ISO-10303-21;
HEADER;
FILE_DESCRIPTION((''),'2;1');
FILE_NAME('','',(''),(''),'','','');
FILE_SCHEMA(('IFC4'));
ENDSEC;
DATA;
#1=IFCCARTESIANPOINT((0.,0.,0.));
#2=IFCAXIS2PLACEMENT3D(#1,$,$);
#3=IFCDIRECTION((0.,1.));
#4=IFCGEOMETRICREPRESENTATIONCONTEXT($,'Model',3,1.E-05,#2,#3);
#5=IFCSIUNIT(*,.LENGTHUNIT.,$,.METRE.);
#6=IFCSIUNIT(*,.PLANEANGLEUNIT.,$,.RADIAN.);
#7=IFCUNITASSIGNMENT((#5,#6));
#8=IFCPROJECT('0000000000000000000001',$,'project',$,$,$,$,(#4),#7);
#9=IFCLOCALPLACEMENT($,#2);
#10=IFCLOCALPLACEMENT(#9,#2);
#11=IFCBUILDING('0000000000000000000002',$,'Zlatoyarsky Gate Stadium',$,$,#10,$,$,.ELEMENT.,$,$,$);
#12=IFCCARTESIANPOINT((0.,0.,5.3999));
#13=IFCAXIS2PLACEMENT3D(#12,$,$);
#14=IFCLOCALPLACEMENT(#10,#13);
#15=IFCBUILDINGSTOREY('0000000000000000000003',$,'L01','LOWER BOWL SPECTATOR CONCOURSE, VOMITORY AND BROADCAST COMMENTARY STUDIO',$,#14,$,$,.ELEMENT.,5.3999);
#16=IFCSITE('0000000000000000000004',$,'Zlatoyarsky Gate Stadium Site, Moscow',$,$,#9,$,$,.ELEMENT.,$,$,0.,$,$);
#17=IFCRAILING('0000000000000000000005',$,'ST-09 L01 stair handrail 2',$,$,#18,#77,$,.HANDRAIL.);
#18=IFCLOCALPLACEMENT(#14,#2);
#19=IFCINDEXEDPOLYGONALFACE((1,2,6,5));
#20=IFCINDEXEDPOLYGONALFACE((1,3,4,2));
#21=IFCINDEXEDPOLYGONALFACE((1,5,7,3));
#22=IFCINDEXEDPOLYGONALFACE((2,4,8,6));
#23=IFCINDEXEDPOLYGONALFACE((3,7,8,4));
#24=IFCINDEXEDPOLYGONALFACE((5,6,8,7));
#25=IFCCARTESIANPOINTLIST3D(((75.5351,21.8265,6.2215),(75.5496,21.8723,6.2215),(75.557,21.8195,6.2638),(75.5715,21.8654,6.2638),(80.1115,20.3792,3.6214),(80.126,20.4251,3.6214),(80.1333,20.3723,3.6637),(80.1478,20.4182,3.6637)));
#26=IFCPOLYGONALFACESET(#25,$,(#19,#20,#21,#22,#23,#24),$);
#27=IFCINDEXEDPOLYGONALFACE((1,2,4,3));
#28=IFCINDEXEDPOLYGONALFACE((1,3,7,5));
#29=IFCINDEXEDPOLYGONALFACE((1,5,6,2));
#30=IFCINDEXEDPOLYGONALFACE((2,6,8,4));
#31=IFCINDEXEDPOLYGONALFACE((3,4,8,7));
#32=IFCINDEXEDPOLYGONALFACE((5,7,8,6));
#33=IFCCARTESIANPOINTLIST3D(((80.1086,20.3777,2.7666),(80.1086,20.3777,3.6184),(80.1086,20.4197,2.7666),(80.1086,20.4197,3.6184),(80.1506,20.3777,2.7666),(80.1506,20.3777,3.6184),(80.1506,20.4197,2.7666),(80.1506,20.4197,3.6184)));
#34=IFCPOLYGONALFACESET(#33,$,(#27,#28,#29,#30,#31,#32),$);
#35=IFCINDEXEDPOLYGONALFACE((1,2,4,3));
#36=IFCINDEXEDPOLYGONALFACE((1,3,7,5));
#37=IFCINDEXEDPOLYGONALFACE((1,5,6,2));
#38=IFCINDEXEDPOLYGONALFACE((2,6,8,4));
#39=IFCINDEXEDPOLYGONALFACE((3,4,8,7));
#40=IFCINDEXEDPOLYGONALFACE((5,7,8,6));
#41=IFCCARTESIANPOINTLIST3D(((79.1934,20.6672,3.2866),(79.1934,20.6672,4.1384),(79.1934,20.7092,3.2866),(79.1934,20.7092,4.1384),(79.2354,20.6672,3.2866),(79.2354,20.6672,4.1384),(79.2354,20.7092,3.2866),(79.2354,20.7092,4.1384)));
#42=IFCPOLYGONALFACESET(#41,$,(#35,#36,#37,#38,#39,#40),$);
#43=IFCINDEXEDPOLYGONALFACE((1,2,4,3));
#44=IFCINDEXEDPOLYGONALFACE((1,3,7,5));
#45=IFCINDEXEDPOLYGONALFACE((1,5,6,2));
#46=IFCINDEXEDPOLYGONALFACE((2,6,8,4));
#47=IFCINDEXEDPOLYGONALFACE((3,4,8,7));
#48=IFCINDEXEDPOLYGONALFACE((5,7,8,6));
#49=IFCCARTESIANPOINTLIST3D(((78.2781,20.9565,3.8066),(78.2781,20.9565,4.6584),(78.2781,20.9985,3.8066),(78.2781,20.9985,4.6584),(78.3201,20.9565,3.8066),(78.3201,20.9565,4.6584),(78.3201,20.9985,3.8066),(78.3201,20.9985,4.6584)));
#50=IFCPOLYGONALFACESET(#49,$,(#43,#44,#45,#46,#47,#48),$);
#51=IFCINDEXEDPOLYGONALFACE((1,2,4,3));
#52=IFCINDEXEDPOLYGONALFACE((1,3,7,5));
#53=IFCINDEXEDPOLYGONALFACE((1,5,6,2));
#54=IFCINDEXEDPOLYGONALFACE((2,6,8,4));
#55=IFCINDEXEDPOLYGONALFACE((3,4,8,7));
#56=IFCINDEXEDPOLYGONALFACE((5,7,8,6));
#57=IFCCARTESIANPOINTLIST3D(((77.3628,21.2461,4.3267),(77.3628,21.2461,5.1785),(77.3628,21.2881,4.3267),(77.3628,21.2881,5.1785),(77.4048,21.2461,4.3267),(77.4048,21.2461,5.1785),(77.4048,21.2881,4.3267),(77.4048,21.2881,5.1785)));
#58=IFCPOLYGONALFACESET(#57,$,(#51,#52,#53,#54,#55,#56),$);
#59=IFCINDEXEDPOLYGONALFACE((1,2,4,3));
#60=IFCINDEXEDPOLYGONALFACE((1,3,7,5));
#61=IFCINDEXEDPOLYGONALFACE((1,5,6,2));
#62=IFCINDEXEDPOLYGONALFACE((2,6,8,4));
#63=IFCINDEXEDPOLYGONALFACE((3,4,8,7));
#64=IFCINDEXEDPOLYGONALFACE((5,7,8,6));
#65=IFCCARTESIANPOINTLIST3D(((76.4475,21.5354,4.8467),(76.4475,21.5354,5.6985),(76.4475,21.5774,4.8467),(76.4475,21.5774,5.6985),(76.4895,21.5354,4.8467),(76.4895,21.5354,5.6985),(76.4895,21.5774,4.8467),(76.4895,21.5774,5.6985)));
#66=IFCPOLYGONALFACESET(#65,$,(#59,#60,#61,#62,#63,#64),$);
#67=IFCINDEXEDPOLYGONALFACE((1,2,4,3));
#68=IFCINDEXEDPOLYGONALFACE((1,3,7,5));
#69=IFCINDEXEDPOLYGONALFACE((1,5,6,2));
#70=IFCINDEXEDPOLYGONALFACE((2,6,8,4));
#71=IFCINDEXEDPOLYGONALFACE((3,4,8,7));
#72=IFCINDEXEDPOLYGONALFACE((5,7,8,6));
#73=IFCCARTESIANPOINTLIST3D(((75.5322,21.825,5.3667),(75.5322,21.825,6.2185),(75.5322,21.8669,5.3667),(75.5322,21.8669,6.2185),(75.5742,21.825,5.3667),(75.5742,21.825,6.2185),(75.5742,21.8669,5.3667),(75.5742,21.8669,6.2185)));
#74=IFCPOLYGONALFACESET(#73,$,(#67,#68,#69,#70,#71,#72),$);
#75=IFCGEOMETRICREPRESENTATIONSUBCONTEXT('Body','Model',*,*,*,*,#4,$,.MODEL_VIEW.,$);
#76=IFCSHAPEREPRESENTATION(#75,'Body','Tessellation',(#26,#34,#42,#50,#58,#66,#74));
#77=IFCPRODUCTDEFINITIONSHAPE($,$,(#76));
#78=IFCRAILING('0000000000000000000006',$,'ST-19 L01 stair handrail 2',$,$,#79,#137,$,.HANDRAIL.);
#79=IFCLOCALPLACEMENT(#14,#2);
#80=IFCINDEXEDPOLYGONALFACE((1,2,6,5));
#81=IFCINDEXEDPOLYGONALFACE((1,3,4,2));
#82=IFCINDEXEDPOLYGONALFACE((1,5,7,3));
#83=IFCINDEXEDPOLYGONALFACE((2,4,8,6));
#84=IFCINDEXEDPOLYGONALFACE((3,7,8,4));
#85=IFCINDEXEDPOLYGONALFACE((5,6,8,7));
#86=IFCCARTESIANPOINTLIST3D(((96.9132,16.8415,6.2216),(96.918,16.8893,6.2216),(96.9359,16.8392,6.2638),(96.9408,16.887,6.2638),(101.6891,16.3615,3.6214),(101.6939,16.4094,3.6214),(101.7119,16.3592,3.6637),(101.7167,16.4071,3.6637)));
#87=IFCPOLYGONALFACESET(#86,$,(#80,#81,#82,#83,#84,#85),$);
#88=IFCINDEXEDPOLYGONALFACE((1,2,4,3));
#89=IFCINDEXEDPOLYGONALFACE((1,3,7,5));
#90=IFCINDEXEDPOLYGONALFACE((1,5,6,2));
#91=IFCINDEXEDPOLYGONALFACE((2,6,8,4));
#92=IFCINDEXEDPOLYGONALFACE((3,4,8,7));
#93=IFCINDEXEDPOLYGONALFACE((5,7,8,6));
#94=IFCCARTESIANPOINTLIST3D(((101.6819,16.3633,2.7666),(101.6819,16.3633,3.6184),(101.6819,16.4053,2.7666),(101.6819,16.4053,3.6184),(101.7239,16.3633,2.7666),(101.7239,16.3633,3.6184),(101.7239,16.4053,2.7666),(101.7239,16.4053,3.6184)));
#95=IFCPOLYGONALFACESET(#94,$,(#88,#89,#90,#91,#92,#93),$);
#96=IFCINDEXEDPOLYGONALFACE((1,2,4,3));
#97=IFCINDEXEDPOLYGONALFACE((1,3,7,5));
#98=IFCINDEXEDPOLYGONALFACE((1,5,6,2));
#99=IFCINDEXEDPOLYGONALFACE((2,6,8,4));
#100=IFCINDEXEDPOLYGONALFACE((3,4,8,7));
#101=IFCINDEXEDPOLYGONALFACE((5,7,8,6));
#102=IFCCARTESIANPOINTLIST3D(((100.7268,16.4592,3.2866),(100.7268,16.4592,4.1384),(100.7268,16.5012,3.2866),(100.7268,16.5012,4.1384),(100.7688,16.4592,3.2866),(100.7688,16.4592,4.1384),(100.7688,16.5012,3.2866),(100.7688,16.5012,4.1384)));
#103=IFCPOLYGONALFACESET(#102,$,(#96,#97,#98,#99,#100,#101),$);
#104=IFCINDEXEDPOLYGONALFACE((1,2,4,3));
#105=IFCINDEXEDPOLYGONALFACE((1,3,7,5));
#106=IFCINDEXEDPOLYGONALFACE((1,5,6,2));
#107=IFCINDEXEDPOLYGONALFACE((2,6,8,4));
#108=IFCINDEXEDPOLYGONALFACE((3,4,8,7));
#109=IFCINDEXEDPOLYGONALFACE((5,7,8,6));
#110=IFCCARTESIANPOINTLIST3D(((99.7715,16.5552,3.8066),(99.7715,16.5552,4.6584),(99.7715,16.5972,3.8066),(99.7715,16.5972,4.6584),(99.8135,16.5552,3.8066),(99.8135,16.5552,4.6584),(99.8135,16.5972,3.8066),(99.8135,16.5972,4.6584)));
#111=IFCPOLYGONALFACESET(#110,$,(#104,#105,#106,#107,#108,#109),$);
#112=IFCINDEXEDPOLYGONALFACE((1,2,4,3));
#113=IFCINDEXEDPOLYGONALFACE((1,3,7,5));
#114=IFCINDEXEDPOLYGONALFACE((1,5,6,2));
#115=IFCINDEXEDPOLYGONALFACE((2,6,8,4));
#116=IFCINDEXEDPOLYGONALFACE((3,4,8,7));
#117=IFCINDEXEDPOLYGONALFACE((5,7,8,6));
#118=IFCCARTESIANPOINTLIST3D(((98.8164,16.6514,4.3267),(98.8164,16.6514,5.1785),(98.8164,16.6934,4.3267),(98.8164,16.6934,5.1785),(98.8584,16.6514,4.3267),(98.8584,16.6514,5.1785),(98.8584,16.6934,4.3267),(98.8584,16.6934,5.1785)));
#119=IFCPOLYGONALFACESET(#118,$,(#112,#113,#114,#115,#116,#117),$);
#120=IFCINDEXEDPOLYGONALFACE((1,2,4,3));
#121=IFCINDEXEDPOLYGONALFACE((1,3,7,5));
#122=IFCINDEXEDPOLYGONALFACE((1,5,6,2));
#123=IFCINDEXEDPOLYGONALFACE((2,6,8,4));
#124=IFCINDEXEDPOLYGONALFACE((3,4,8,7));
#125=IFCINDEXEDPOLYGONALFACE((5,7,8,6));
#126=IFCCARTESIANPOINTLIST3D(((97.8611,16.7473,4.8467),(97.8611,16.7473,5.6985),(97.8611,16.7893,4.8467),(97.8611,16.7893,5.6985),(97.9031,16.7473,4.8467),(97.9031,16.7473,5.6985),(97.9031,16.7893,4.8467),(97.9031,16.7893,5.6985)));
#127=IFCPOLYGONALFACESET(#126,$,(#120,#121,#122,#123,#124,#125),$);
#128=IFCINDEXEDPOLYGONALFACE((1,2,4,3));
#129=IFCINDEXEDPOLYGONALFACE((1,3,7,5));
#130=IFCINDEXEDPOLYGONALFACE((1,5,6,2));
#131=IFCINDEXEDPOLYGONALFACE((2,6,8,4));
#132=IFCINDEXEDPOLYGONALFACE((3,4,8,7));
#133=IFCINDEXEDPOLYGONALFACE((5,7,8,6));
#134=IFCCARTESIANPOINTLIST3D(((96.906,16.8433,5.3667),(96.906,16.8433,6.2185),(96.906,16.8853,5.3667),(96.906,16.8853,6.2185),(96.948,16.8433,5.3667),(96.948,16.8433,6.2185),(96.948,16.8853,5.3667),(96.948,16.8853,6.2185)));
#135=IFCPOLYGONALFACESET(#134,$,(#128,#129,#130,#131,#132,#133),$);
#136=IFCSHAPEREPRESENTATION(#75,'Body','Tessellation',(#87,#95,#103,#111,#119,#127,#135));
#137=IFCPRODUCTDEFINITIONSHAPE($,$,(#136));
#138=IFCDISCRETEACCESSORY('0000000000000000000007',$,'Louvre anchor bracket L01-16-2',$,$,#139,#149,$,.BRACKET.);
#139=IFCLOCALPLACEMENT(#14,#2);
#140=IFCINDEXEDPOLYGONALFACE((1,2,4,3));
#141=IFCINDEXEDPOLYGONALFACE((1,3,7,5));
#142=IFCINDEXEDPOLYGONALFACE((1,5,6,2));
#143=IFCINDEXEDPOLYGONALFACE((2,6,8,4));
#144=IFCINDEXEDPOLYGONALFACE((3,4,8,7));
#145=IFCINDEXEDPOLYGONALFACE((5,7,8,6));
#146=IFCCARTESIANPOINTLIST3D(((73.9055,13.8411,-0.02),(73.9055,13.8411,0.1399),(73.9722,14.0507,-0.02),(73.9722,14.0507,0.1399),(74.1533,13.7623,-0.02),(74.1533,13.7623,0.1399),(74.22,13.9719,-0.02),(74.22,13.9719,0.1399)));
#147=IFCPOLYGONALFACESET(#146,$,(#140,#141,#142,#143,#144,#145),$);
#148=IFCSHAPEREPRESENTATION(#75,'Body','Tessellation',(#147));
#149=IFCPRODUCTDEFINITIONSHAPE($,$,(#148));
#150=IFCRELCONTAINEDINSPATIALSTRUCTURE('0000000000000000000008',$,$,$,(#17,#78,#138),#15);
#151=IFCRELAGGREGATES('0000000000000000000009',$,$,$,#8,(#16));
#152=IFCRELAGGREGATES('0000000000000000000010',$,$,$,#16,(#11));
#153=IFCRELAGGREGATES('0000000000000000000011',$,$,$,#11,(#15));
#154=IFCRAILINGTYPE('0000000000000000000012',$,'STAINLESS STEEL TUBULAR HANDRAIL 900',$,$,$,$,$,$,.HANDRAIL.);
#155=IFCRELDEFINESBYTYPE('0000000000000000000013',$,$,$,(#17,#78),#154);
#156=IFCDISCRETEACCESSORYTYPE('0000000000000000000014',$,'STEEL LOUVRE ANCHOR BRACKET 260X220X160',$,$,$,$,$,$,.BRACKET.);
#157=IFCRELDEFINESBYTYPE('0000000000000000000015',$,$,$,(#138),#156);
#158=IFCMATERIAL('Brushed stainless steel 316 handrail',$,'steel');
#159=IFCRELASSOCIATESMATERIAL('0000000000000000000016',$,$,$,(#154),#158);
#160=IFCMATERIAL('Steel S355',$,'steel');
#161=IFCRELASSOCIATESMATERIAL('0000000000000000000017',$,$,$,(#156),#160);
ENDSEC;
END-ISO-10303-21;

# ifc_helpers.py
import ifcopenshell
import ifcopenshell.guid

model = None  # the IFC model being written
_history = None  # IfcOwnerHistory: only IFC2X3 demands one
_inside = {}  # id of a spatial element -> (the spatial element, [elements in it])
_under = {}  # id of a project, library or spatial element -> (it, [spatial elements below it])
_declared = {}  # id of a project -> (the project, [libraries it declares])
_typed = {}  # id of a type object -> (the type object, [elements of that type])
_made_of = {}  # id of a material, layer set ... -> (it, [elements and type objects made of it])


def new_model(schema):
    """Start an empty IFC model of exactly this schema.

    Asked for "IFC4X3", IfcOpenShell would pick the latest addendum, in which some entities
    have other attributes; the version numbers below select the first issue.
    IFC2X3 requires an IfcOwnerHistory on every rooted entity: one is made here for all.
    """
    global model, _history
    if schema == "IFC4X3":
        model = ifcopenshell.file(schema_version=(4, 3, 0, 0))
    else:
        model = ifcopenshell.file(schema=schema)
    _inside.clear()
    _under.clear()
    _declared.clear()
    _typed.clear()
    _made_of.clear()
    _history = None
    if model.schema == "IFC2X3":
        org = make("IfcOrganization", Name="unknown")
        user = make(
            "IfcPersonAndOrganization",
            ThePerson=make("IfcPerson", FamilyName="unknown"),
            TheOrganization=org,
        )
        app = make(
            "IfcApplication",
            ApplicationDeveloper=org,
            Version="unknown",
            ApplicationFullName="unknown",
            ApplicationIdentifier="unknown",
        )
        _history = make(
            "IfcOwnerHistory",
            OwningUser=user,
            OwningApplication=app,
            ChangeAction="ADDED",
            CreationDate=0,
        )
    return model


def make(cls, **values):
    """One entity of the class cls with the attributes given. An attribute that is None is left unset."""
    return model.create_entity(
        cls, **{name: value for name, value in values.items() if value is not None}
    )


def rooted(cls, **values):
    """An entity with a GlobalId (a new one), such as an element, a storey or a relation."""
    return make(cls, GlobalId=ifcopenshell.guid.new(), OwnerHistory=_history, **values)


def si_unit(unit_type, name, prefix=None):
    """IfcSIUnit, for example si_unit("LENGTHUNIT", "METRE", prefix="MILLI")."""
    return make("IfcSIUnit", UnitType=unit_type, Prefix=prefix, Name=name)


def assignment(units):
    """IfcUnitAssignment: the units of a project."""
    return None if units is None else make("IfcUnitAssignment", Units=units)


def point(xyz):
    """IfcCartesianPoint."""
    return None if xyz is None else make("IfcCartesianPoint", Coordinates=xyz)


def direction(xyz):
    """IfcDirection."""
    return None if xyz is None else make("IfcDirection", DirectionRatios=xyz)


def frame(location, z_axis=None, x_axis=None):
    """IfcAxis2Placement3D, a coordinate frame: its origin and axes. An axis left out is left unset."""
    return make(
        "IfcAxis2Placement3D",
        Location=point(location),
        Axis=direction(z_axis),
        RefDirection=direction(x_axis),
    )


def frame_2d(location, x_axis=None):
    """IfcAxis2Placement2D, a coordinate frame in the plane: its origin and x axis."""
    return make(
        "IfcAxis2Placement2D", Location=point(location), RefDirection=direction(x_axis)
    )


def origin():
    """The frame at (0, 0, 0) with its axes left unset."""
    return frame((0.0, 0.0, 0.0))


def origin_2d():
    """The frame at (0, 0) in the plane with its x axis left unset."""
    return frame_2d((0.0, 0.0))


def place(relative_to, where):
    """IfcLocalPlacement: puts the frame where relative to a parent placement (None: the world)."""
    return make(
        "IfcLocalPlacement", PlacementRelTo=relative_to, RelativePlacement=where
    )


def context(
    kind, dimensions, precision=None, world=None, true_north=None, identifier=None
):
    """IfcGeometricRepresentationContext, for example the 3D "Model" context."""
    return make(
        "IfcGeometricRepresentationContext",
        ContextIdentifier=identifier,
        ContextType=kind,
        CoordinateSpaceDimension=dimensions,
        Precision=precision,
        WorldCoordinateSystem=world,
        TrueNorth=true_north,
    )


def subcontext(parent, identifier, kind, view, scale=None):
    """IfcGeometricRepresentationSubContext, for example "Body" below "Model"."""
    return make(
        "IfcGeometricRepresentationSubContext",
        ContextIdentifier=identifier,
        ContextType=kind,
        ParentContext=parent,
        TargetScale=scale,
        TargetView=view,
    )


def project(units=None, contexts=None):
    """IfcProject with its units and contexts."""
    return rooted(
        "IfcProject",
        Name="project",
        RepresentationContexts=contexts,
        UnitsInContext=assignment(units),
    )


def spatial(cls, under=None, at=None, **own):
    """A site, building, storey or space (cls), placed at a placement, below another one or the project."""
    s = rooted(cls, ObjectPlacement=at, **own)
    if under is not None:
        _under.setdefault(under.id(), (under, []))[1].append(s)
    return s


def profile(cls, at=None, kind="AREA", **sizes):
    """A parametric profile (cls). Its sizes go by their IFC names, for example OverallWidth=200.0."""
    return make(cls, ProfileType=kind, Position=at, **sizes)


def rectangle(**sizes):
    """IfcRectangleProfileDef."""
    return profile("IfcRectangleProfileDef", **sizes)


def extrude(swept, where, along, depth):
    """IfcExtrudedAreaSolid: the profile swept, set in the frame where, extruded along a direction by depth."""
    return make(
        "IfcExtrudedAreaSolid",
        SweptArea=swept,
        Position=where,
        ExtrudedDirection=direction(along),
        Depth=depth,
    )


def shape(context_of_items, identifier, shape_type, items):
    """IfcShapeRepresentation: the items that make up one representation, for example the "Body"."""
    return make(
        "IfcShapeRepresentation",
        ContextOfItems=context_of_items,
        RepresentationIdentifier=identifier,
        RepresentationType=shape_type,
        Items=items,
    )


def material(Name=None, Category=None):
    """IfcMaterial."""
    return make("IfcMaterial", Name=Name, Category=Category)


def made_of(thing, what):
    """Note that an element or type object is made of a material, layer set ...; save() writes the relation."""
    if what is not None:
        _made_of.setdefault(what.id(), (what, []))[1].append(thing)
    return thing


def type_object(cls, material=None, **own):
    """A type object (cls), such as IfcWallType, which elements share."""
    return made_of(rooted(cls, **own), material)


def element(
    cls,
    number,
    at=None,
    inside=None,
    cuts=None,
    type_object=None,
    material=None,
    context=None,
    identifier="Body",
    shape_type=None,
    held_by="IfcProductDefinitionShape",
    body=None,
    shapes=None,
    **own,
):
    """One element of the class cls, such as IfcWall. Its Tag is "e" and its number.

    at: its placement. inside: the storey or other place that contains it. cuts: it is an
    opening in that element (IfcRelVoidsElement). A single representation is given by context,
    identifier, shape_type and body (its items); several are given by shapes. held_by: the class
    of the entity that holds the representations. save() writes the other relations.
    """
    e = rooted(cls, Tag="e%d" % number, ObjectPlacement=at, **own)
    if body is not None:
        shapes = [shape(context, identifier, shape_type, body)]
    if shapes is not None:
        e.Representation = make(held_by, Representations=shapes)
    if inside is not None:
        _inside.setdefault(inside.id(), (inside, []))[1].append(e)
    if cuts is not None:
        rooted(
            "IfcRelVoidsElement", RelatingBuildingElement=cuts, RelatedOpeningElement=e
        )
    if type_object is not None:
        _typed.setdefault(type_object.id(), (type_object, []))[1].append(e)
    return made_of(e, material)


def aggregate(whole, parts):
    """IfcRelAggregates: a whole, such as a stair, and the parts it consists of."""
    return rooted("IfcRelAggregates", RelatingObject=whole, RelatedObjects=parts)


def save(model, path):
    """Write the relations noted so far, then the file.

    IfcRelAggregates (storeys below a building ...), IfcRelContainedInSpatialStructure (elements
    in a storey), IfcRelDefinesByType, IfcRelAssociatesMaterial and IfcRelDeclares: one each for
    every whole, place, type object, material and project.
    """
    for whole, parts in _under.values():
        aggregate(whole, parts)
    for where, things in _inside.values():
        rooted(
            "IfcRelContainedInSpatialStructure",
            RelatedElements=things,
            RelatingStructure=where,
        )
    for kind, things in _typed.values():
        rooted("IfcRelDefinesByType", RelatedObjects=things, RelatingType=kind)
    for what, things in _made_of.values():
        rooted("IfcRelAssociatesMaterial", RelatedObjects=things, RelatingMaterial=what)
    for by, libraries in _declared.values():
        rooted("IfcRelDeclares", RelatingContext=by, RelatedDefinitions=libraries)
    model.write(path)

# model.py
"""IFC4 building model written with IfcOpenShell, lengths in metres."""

from ifc_helpers import new_model, si_unit, direction, frame, origin, origin_2d, place, context, subcontext, project, spatial, rectangle, extrude, material, type_object, element, save


model = new_model("IFC4")

# Units and contexts
model_context = context("Model", 3, precision=1e-05, world=origin(), true_north=direction((0.0, 1.0)))
body_context = subcontext(model_context, "Body", "Model", "MODEL_VIEW")
ifc_project = project(units=[si_unit("LENGTHUNIT", "METRE"), si_unit("PLANEANGLEUNIT", "RADIAN")], contexts=[model_context])

# Site, building, storey
site_placement = place(None, origin())
site = spatial("IfcSite", under=ifc_project, at=site_placement, Name="Zlatoyarsky Gate Stadium Site, Moscow", CompositionType="ELEMENT", RefElevation=0.0)
building_placement = place(site_placement, origin())
building = spatial("IfcBuilding", under=site, at=building_placement, Name="Zlatoyarsky Gate Stadium", CompositionType="ELEMENT")
storey_placement = place(building_placement, frame((0.0, 0.0, 5.3999)))
storey = spatial("IfcBuildingStorey", under=building, at=storey_placement, Name="L01", Description="LOWER BOWL SPECTATOR CONCOURSE, VOMITORY AND BROADCAST COMMENTARY STUDIO", CompositionType="ELEMENT", Elevation=5.3999)

# Shared definitions
ifc_material_1 = material(Name="Steel S355", Category="steel")

# Railings
ifc_material_2 = material(Name="Brushed stainless steel 316 handrail", Category="steel")
railing_type_1 = type_object("IfcRailingType", Name="STAINLESS STEEL TUBULAR HANDRAIL 900", PredefinedType="HANDRAIL", material=ifc_material_2)
railing_1_placement = place(storey_placement, frame((80.1296, 20.3987, 2.7666)))
element("IfcRailing", 1, at=railing_1_placement, inside=storey, type_object=railing_type_1, Name="ST-09 L01 stair handrail 2", PredefinedType="HANDRAIL", context=body_context, shape_type="SweptSolid", body=[
    extrude(rectangle(XDim=0.0481, YDim=0.0481, at=origin_2d()), frame((0.0, 0.0, 0.876), z_axis=(-0.838353, 0.265124, 0.476312), x_axis=(-0.301526, -0.953458, 0.0)), (0.0, 0.0, 1.0), 5.4587),
    extrude(rectangle(XDim=0.042, YDim=0.042, at=origin_2d()), origin(), (0.0, 0.0, 1.0), 0.8518),
    extrude(rectangle(XDim=0.042, YDim=0.042, at=origin_2d()), frame((-0.9153, 0.2896, 0.52)), (0.0, 0.0, 1.0), 0.8518),
    extrude(rectangle(XDim=0.042, YDim=0.042, at=origin_2d()), frame((-1.8306, 0.5789, 1.04)), (0.0, 0.0, 1.0), 0.8518),
    extrude(rectangle(XDim=0.042, YDim=0.042, at=origin_2d()), frame((-2.7458, 0.8684, 1.5601)), (0.0, 0.0, 1.0), 0.8518),
    extrude(rectangle(XDim=0.042, YDim=0.042, at=origin_2d()), frame((-3.6611, 1.1577, 2.0801)), (0.0, 0.0, 1.0), 0.8518),
    extrude(rectangle(XDim=0.042, YDim=0.042, at=origin_2d()), frame((-4.5764, 1.4473, 2.6001)), (0.0, 0.0, 1.0), 0.8518),
])
railing_2_placement = place(storey_placement, frame((101.7029, 16.3843, 2.7666)))
element("IfcRailing", 2, at=railing_2_placement, inside=storey, type_object=railing_type_1, Name="ST-19 L01 stair handrail 2", PredefinedType="HANDRAIL", context=body_context, shape_type="SweptSolid", body=[
    extrude(rectangle(XDim=0.0481, YDim=0.0481, at=origin_2d()), frame((0.0, 0.0, 0.876), z_axis=(-0.874875, 0.087926, 0.476302), x_axis=(-0.099997, -0.994988, 0.0)), (0.0, 0.0, 1.0), 5.459),
    extrude(rectangle(XDim=0.042, YDim=0.042, at=origin_2d()), origin(), (0.0, 0.0, 1.0), 0.8518),
    extrude(rectangle(XDim=0.042, YDim=0.042, at=origin_2d()), frame((-0.9551, 0.0959, 0.52)), (0.0, 0.0, 1.0), 0.8518),
    extrude(rectangle(XDim=0.042, YDim=0.042, at=origin_2d()), frame((-1.9104, 0.1919, 1.04)), (0.0, 0.0, 1.0), 0.8518),
    extrude(rectangle(XDim=0.042, YDim=0.042, at=origin_2d()), frame((-2.8655, 0.2881, 1.5601)), (0.0, 0.0, 1.0), 0.8518),
    extrude(rectangle(XDim=0.042, YDim=0.042, at=origin_2d()), frame((-3.8208, 0.384, 2.0801)), (0.0, 0.0, 1.0), 0.8518),
    extrude(rectangle(XDim=0.042, YDim=0.042, at=origin_2d()), frame((-4.7759, 0.48, 2.6001)), (0.0, 0.0, 1.0), 0.8518),
])

# Discrete accessory
discrete_accessory_type = type_object("IfcDiscreteAccessoryType", Name="STEEL LOUVRE ANCHOR BRACKET 260X220X160", PredefinedType="BRACKET", material=ifc_material_1)
discrete_accessory_placement = place(storey_placement, frame((74.0627, 13.9065, -0.02), z_axis=(0.0, 0.0, 1.0), x_axis=(0.953027, -0.302886, 0.0)))
element("IfcDiscreteAccessory", 3, at=discrete_accessory_placement, inside=storey, type_object=discrete_accessory_type, Name="Louvre anchor bracket L01-16-2", PredefinedType="BRACKET", context=body_context, shape_type="SweptSolid", body=[
    extrude(rectangle(XDim=0.26, YDim=0.22, at=origin_2d()), origin(), (0.0, 0.0, 1.0), 0.1599),
])

save(model, "model.ifc")
